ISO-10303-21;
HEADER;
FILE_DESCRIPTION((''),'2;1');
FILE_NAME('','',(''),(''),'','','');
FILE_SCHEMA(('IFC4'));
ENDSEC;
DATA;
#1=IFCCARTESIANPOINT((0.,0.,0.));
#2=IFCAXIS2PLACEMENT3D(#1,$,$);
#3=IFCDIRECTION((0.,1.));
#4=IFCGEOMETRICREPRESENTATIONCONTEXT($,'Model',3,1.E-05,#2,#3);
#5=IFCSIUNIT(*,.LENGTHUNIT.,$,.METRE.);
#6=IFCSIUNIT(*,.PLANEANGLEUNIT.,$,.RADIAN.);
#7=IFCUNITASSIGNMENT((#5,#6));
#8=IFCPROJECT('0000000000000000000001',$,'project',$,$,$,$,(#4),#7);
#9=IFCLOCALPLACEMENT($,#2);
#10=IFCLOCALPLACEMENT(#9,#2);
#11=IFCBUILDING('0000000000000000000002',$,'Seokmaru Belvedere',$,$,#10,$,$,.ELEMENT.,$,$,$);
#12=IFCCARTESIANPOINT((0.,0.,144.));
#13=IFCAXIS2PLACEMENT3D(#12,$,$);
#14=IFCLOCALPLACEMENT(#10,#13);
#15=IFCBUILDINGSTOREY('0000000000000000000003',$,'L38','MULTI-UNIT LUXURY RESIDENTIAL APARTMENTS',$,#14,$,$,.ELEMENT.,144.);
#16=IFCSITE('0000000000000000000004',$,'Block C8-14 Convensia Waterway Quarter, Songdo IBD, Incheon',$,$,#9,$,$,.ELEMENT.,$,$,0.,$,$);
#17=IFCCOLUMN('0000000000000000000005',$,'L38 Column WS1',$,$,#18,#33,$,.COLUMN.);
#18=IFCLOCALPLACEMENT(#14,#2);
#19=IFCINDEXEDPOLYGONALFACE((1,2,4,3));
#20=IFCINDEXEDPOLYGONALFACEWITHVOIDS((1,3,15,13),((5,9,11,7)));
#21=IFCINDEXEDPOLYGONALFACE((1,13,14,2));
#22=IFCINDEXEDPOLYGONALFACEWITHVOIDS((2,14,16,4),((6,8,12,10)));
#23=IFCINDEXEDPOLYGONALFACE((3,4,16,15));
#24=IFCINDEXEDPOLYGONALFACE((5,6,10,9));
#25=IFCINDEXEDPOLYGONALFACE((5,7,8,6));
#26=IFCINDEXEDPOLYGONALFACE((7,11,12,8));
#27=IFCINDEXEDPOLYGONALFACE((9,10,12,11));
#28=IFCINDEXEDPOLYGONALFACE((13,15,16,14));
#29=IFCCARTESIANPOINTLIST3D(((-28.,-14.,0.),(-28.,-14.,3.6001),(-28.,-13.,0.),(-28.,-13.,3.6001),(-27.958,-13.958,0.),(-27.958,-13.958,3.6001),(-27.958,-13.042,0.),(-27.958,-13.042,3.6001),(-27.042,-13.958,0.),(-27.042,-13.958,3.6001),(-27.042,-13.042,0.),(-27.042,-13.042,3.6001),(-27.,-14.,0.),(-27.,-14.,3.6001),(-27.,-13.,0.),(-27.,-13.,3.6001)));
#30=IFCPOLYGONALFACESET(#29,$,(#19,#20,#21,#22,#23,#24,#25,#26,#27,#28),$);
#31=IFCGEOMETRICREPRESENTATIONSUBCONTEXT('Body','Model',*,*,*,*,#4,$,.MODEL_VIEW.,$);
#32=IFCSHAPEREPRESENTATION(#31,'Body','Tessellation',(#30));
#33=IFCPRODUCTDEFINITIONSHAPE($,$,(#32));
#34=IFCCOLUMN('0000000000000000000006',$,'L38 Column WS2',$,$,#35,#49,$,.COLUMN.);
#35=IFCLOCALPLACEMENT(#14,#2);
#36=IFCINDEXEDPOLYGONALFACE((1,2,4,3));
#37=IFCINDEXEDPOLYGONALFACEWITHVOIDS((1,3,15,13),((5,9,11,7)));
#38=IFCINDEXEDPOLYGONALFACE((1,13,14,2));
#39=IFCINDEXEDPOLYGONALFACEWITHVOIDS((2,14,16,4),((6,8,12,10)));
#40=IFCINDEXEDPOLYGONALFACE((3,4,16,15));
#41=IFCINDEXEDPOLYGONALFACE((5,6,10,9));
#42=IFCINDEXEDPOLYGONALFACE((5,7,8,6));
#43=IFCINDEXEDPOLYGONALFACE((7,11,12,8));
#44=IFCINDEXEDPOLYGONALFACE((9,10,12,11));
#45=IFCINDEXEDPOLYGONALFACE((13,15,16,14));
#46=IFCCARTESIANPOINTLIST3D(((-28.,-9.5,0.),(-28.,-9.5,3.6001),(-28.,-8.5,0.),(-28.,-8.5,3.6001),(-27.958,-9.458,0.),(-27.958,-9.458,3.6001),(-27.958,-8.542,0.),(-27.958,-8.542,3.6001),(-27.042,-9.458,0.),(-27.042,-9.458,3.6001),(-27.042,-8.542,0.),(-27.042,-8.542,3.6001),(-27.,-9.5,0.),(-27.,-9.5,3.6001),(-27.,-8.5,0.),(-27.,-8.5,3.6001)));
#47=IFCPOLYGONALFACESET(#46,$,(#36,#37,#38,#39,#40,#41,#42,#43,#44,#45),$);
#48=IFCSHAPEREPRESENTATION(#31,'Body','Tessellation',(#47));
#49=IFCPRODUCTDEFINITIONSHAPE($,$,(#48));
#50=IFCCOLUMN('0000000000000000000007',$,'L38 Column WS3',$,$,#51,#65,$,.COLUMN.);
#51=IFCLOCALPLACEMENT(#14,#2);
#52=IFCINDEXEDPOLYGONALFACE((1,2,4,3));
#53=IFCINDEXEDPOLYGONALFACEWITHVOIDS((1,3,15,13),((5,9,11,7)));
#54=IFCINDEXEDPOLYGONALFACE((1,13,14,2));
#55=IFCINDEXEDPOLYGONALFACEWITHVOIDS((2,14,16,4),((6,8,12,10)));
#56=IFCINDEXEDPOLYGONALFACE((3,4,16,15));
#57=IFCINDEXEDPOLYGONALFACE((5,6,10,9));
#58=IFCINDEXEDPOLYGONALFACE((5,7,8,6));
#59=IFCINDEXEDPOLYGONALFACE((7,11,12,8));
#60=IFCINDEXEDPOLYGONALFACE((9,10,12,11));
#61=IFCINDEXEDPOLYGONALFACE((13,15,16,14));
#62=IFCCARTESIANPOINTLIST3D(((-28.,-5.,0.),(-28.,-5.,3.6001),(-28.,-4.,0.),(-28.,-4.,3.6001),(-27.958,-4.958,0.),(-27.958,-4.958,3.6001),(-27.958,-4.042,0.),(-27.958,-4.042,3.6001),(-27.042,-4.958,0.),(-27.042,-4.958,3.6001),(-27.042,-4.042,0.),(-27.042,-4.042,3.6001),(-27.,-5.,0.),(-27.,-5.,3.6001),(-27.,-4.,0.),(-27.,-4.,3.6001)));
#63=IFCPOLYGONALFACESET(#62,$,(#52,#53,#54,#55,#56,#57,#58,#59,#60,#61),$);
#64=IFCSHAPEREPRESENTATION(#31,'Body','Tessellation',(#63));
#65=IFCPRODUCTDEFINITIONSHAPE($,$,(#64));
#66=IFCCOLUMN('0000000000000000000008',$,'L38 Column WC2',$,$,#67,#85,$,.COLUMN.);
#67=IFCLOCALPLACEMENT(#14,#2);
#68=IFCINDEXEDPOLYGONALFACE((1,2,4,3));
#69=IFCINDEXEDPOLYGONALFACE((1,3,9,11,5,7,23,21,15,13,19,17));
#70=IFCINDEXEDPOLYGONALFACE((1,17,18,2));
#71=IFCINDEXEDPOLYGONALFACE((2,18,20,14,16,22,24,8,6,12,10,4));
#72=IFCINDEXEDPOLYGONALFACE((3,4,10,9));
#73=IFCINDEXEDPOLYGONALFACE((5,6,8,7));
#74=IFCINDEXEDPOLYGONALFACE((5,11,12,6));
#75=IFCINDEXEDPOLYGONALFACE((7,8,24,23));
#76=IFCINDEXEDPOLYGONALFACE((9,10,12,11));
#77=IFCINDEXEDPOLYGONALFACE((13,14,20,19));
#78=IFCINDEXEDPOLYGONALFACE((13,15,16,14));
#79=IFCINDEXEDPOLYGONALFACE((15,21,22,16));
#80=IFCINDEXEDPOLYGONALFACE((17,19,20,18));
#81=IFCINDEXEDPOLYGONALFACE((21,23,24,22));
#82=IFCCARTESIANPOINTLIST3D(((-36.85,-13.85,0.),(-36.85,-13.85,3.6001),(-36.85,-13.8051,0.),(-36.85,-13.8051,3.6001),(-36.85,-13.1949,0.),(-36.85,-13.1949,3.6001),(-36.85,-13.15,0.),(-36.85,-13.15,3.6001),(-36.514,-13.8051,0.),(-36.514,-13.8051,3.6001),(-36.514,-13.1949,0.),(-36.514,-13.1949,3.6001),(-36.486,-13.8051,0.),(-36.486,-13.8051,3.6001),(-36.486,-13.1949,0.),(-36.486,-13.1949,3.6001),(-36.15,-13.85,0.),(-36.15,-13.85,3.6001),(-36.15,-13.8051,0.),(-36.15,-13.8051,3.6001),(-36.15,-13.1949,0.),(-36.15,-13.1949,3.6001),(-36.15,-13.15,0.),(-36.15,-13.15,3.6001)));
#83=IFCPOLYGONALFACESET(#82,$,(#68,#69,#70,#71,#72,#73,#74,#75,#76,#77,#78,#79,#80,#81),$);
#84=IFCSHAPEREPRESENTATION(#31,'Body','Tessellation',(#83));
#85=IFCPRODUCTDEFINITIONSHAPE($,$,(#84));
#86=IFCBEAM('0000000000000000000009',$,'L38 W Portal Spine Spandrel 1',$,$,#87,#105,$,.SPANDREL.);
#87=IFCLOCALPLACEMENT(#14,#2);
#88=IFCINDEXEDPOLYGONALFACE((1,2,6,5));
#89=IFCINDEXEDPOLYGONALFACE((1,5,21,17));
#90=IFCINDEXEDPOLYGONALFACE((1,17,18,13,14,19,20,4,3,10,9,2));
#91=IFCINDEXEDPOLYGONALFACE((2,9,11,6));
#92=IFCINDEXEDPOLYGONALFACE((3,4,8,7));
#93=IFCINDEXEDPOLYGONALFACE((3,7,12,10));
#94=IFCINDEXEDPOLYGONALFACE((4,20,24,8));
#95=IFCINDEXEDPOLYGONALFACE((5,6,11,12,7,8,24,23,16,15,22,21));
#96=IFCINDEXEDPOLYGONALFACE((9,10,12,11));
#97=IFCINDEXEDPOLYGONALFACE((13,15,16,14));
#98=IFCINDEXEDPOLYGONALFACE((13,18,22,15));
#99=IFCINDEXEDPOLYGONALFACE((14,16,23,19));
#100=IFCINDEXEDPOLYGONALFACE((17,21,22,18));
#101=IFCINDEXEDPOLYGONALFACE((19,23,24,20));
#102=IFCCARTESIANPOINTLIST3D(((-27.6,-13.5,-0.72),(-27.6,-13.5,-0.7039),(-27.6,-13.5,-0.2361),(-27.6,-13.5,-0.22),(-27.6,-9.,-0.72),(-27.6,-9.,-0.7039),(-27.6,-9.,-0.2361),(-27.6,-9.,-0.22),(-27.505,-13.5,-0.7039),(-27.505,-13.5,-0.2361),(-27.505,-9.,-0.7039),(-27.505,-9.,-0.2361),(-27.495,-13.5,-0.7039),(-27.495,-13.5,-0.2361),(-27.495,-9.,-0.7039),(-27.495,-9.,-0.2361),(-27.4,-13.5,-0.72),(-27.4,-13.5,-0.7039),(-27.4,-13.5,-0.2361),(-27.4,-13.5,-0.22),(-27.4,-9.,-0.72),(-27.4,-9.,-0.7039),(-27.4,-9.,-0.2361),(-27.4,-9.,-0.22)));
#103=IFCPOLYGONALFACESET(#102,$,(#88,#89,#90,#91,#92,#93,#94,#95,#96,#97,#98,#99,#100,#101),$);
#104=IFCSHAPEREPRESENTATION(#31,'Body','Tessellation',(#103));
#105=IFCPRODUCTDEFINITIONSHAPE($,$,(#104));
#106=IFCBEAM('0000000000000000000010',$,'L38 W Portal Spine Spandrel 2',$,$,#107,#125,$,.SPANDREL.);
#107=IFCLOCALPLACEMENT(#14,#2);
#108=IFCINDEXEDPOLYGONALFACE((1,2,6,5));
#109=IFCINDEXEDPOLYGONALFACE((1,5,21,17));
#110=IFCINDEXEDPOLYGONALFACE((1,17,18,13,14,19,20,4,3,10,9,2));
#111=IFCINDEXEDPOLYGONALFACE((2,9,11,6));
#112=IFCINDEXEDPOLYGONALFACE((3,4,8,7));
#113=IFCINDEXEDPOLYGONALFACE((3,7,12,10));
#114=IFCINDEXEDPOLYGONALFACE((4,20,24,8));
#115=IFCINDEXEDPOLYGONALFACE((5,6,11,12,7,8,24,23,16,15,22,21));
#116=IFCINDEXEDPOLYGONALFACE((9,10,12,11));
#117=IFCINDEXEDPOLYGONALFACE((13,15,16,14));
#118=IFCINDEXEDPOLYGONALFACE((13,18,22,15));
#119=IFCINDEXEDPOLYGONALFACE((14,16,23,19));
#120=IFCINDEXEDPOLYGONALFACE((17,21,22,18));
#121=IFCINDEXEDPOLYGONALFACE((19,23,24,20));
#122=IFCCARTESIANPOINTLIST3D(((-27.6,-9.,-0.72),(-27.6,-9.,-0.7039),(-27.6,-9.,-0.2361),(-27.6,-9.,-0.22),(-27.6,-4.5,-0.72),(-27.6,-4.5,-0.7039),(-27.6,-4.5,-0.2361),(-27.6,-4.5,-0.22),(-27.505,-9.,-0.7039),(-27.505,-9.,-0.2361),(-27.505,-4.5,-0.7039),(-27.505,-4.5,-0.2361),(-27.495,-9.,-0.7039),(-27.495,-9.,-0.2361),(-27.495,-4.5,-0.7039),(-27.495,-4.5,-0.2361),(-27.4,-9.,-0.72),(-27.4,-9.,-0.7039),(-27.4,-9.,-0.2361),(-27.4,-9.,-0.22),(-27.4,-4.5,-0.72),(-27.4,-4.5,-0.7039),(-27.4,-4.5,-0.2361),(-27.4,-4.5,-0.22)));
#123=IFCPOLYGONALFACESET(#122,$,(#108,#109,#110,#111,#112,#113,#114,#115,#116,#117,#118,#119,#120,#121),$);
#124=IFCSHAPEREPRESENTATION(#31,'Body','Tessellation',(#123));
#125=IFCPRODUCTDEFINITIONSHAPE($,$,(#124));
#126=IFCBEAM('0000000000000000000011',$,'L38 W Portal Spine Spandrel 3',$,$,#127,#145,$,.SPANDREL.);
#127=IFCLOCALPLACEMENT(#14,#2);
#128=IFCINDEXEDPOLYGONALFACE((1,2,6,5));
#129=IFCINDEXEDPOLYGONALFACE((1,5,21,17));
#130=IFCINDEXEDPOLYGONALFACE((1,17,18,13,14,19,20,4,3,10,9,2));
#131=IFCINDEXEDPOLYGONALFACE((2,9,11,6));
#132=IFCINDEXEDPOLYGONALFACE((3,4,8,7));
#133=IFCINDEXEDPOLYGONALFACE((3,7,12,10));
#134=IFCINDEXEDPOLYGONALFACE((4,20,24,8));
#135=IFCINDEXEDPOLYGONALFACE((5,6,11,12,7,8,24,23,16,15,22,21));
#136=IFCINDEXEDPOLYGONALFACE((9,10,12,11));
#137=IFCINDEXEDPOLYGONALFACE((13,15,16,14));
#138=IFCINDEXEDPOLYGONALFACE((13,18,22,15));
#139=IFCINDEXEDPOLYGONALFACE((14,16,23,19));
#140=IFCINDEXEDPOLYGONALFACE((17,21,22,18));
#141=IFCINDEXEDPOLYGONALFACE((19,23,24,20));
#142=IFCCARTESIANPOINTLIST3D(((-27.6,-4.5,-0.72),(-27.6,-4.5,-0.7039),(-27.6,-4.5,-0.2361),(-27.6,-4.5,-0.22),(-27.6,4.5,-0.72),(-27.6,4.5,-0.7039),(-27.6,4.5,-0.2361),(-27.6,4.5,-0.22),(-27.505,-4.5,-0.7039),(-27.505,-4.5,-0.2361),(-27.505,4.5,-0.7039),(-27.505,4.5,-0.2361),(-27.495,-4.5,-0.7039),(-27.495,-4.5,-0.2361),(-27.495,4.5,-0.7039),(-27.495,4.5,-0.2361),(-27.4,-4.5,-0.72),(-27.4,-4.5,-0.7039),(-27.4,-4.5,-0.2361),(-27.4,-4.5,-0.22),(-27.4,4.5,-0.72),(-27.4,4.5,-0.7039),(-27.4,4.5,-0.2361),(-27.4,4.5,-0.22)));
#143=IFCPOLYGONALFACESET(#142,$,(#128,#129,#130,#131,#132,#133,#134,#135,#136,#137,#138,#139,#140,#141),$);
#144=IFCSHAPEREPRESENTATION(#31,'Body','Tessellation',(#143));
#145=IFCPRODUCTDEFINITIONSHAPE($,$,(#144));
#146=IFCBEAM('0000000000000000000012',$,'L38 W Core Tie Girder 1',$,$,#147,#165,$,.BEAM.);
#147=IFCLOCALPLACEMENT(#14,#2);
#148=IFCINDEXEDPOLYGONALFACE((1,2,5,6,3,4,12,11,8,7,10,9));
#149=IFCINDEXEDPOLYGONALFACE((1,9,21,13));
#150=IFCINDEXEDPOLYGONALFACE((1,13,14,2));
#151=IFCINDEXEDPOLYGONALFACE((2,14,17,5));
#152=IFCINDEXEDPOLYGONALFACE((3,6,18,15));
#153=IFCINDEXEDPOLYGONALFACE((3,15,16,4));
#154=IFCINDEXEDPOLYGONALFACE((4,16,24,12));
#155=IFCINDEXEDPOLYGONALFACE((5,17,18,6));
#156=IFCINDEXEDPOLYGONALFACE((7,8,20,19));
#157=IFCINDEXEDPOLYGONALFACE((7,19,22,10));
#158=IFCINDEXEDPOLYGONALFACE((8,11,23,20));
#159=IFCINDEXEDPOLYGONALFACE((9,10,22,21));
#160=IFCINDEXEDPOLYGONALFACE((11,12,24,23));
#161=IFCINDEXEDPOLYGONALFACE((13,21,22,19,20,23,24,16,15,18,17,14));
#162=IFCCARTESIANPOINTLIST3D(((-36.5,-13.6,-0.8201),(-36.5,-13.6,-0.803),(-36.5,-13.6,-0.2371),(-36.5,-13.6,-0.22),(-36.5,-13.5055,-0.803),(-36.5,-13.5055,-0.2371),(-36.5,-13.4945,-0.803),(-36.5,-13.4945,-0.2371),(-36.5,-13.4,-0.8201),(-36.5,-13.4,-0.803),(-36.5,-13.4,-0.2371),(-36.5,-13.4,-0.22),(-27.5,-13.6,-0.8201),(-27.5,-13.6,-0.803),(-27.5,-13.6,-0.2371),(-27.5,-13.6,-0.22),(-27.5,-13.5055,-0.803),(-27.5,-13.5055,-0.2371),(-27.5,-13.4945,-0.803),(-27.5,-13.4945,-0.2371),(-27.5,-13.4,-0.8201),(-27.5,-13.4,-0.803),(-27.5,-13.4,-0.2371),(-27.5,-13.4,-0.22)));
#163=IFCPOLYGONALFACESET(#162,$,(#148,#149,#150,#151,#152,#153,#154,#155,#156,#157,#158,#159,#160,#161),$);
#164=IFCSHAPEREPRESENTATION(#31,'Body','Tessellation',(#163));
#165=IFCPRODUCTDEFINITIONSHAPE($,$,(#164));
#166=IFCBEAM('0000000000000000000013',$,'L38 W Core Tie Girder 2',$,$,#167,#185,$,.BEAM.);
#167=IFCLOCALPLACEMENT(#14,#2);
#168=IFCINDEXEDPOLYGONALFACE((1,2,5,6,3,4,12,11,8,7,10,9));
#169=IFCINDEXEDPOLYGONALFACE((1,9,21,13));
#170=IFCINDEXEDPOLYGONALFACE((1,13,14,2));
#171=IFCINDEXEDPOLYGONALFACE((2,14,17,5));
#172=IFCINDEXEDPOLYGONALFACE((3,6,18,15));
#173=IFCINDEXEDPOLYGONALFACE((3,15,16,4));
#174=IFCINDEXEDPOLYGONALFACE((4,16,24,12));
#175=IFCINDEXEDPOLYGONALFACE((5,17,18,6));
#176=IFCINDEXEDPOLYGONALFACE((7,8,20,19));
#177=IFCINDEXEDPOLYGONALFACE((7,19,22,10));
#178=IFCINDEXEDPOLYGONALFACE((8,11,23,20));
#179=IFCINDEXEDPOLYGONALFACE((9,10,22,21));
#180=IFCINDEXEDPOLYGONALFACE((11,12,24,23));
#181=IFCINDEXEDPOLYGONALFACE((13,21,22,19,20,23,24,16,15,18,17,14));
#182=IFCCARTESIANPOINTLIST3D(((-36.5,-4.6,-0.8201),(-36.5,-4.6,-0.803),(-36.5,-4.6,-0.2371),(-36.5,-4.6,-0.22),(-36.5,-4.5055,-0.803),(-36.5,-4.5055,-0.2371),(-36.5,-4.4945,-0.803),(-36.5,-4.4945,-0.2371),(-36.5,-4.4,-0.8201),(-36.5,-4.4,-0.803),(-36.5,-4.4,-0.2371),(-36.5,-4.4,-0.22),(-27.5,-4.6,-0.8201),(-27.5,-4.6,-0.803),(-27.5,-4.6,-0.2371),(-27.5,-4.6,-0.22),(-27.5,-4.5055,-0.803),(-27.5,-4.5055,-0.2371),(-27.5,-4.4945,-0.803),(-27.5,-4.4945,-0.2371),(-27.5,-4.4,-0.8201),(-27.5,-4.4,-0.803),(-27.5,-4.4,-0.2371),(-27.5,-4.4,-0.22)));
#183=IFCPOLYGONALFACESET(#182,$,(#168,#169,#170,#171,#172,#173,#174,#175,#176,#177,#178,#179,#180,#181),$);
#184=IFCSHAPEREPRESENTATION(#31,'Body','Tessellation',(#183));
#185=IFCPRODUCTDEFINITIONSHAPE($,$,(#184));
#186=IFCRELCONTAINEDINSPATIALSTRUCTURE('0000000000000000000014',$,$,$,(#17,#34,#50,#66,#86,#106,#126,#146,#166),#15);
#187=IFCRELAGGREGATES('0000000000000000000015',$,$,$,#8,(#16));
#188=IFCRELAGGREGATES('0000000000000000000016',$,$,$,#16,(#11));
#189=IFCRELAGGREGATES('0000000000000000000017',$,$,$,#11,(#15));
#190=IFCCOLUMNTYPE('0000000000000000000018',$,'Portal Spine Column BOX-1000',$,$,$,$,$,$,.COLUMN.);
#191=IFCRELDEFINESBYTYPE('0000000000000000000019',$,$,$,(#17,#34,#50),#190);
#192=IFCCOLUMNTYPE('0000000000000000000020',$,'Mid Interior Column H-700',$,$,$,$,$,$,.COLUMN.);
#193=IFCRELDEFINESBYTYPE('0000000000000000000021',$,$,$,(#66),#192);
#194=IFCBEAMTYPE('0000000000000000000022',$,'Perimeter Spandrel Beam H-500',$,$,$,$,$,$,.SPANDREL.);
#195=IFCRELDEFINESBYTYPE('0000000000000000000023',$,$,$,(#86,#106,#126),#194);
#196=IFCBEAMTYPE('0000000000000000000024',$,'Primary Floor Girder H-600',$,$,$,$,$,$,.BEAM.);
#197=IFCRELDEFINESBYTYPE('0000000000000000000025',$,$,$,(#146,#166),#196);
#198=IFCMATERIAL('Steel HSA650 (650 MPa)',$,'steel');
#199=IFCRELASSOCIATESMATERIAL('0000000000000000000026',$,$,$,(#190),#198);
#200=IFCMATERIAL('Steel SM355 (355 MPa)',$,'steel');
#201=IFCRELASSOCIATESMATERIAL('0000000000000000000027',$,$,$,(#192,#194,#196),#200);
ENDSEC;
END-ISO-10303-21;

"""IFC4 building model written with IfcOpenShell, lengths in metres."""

from ifc_helpers import new_model, si_unit, direction, frame, origin, origin_2d, place, context, subcontext, project, spatial, hollow_rectangle, i_section, extrude, source, transform, mapped, material, material_profile, profile_set, type_object, type_shapes, element, save


model = new_model("IFC4")

# Units and contexts
model_context = context("Model", 3, precision=1e-05, world=origin(), true_north=direction((0.0, 1.0)))
body_context = subcontext(model_context, "Body", "Model", "MODEL_VIEW")
ifc_project = project(units=[si_unit("LENGTHUNIT", "METRE"), si_unit("PLANEANGLEUNIT", "RADIAN")], contexts=[model_context])

# Site, building, storey
site_placement = place(None, origin())
site = spatial("IfcSite", under=ifc_project, at=site_placement, Name="Block C8-14 Convensia Waterway Quarter, Songdo IBD, Incheon", CompositionType="ELEMENT", RefElevation=0.0)
building_placement = place(site_placement, origin())
building = spatial("IfcBuilding", under=site, at=building_placement, Name="Seokmaru Belvedere", CompositionType="ELEMENT")
storey_placement = place(building_placement, frame((0.0, 0.0, 144.0)))
storey = spatial("IfcBuildingStorey", under=building, at=storey_placement, Name="L38", Description="MULTI-UNIT LUXURY RESIDENTIAL APARTMENTS", CompositionType="ELEMENT", Elevation=144.0)

# Columns
ifc_material_1 = material(Name="Steel HSA650 (650 MPa)", Category="steel")
ifc_material_profile_1 = material_profile(ifc_material_1, hollow_rectangle(XDim=1.0, YDim=1.0, WallThickness=0.042, at=origin_2d()), Name="BOX-1000x1000x42")
ifc_profile_set_1 = profile_set([ifc_material_profile_1], Name="Steel HSA650 (650 MPa)")
column_type_1 = type_object("IfcColumnType", Name="Portal Spine Column BOX-1000", PredefinedType="COLUMN", material=ifc_profile_set_1)
shared_shape_1 = source(origin(), body_context, "Body", "SweptSolid", [
    extrude(hollow_rectangle(XDim=1.0, YDim=1.0, WallThickness=0.042, at=origin_2d()), origin(), (0.0, 0.0, 1.0), 3.6001),
])
type_shapes(column_type_1, [shared_shape_1])
for number, where, z_axis, x_axis, name in (
    (1, (-27.5, -13.5, 0.0), (0.0, 0.0, 1.0), (1.0, 0.0, 0.0), "L38 Column WS1"),
    (2, (-27.5, -9.0, 0.0), (0.0, 0.0, 1.0), (1.0, 0.0, 0.0), "L38 Column WS2"),
    (3, (-27.5, -4.5, 0.0), (0.0, 0.0, 1.0), (1.0, 0.0, 0.0), "L38 Column WS3"),
):
    element("IfcColumn", number, at=place(storey_placement, frame(where, z_axis=z_axis, x_axis=x_axis)), inside=storey, type_object=column_type_1, Name=name, PredefinedType="COLUMN", context=body_context, shape_type="MappedRepresentation", body=[
        mapped(shared_shape_1, transform((0.0, 0.0, 0.0), scale=1.0)),
    ])
ifc_material_2 = material(Name="Steel SM355 (355 MPa)", Category="steel")
ifc_material_profile_2 = material_profile(ifc_material_2, i_section(OverallWidth=0.7, OverallDepth=0.7, WebThickness=0.0281, FlangeThickness=0.0449, at=origin_2d()), Name="H-700x700x28x45")
ifc_profile_set_2 = profile_set([ifc_material_profile_2], Name="Steel SM355 (355 MPa)")
column_type_2 = type_object("IfcColumnType", Name="Mid Interior Column H-700", PredefinedType="COLUMN", material=ifc_profile_set_2)
shared_shape_2 = source(origin(), body_context, "Body", "SweptSolid", [
    extrude(i_section(OverallWidth=0.7, OverallDepth=0.7, WebThickness=0.0281, FlangeThickness=0.0449, at=origin_2d()), origin(), (0.0, 0.0, 1.0), 3.6001),
])
type_shapes(column_type_2, [shared_shape_2])
column_placement = place(storey_placement, frame((-36.5, -13.5, 0.0), z_axis=(0.0, 0.0, 1.0), x_axis=(1.0, 0.0, 0.0)))
element("IfcColumn", 4, at=column_placement, inside=storey, type_object=column_type_2, Name="L38 Column WC2", PredefinedType="COLUMN", context=body_context, shape_type="MappedRepresentation", body=[
    mapped(shared_shape_2, transform((0.0, 0.0, 0.0), scale=1.0)),
])

# Beams
ifc_material_profile_3 = material_profile(ifc_material_2, i_section(OverallWidth=0.2, OverallDepth=0.5, WebThickness=0.01, FlangeThickness=0.0161, at=origin_2d()), Name="H-500x200x10x16")
ifc_profile_set_3 = profile_set([ifc_material_profile_3], Name="Steel SM355 (355 MPa)")
beam_type_1 = type_object("IfcBeamType", Name="Perimeter Spandrel Beam H-500", PredefinedType="SPANDREL", material=ifc_profile_set_3)
shared_shape_3 = source(origin(), body_context, "Body", "SweptSolid", [
    extrude(i_section(OverallWidth=0.2, OverallDepth=0.5, WebThickness=0.01, FlangeThickness=0.0161, at=origin_2d()), origin(), (0.0, 0.0, 1.0), 4.5),
])
for number, where, z_axis, x_axis, name in (
    (5, (-27.5, -13.5, -0.47), (0.0, 1.0, 0.0), (-1.0, 0.0, 0.0), "L38 W Portal Spine Spandrel 1"),
    (6, (-27.5, -9.0, -0.47), (0.0, 1.0, 0.0), (-1.0, 0.0, 0.0), "L38 W Portal Spine Spandrel 2"),
):
    element("IfcBeam", number, at=place(storey_placement, frame(where, z_axis=z_axis, x_axis=x_axis)), inside=storey, type_object=beam_type_1, Name=name, PredefinedType="SPANDREL", context=body_context, shape_type="MappedRepresentation", body=[
        mapped(shared_shape_3, transform((0.0, 0.0, 0.0), scale=1.0)),
    ])
shared_shape_4 = source(origin(), body_context, "Body", "SweptSolid", [
    extrude(i_section(OverallWidth=0.2, OverallDepth=0.5, WebThickness=0.01, FlangeThickness=0.0161, at=origin_2d()), origin(), (0.0, 0.0, 1.0), 9.0),
])
type_shapes(beam_type_1, [shared_shape_3, shared_shape_4])
beam_1_placement = place(storey_placement, frame((-27.5, -4.5, -0.47), z_axis=(0.0, 1.0, 0.0), x_axis=(-1.0, 0.0, 0.0)))
element("IfcBeam", 7, at=beam_1_placement, inside=storey, type_object=beam_type_1, Name="L38 W Portal Spine Spandrel 3", PredefinedType="SPANDREL", context=body_context, shape_type="MappedRepresentation", body=[
    mapped(shared_shape_4, transform((0.0, 0.0, 0.0), scale=1.0)),
])
ifc_material_profile_4 = material_profile(ifc_material_2, i_section(OverallWidth=0.2, OverallDepth=0.6001, WebThickness=0.011, FlangeThickness=0.0171, at=origin_2d()), Name="H-600x200x11x17")
ifc_profile_set_4 = profile_set([ifc_material_profile_4], Name="Steel SM355 (355 MPa)")
beam_type_2 = type_object("IfcBeamType", Name="Primary Floor Girder H-600", PredefinedType="BEAM", material=ifc_profile_set_4)
shared_shape_5 = source(origin(), body_context, "Body", "SweptSolid", [
    extrude(i_section(OverallWidth=0.2, OverallDepth=0.6001, WebThickness=0.011, FlangeThickness=0.0171, at=origin_2d()), origin(), (0.0, 0.0, 1.0), 9.0),
])
type_shapes(beam_type_2, [shared_shape_5])
for number, where, z_axis, x_axis, name in (
    (8, (-36.5, -13.5, -0.52), (1.0, 0.0, 0.0), (0.0, 1.0, 0.0), "L38 W Core Tie Girder 1"),
    (9, (-36.5, -4.5, -0.52), (1.0, 0.0, 0.0), (0.0, 1.0, 0.0), "L38 W Core Tie Girder 2"),
):
    element("IfcBeam", number, at=place(storey_placement, frame(where, z_axis=z_axis, x_axis=x_axis)), inside=storey, type_object=beam_type_2, Name=name, PredefinedType="BEAM", context=body_context, shape_type="MappedRepresentation", body=[
        mapped(shared_shape_5, transform((0.0, 0.0, 0.0), scale=1.0)),
    ])

save(model, "model.ifc")
